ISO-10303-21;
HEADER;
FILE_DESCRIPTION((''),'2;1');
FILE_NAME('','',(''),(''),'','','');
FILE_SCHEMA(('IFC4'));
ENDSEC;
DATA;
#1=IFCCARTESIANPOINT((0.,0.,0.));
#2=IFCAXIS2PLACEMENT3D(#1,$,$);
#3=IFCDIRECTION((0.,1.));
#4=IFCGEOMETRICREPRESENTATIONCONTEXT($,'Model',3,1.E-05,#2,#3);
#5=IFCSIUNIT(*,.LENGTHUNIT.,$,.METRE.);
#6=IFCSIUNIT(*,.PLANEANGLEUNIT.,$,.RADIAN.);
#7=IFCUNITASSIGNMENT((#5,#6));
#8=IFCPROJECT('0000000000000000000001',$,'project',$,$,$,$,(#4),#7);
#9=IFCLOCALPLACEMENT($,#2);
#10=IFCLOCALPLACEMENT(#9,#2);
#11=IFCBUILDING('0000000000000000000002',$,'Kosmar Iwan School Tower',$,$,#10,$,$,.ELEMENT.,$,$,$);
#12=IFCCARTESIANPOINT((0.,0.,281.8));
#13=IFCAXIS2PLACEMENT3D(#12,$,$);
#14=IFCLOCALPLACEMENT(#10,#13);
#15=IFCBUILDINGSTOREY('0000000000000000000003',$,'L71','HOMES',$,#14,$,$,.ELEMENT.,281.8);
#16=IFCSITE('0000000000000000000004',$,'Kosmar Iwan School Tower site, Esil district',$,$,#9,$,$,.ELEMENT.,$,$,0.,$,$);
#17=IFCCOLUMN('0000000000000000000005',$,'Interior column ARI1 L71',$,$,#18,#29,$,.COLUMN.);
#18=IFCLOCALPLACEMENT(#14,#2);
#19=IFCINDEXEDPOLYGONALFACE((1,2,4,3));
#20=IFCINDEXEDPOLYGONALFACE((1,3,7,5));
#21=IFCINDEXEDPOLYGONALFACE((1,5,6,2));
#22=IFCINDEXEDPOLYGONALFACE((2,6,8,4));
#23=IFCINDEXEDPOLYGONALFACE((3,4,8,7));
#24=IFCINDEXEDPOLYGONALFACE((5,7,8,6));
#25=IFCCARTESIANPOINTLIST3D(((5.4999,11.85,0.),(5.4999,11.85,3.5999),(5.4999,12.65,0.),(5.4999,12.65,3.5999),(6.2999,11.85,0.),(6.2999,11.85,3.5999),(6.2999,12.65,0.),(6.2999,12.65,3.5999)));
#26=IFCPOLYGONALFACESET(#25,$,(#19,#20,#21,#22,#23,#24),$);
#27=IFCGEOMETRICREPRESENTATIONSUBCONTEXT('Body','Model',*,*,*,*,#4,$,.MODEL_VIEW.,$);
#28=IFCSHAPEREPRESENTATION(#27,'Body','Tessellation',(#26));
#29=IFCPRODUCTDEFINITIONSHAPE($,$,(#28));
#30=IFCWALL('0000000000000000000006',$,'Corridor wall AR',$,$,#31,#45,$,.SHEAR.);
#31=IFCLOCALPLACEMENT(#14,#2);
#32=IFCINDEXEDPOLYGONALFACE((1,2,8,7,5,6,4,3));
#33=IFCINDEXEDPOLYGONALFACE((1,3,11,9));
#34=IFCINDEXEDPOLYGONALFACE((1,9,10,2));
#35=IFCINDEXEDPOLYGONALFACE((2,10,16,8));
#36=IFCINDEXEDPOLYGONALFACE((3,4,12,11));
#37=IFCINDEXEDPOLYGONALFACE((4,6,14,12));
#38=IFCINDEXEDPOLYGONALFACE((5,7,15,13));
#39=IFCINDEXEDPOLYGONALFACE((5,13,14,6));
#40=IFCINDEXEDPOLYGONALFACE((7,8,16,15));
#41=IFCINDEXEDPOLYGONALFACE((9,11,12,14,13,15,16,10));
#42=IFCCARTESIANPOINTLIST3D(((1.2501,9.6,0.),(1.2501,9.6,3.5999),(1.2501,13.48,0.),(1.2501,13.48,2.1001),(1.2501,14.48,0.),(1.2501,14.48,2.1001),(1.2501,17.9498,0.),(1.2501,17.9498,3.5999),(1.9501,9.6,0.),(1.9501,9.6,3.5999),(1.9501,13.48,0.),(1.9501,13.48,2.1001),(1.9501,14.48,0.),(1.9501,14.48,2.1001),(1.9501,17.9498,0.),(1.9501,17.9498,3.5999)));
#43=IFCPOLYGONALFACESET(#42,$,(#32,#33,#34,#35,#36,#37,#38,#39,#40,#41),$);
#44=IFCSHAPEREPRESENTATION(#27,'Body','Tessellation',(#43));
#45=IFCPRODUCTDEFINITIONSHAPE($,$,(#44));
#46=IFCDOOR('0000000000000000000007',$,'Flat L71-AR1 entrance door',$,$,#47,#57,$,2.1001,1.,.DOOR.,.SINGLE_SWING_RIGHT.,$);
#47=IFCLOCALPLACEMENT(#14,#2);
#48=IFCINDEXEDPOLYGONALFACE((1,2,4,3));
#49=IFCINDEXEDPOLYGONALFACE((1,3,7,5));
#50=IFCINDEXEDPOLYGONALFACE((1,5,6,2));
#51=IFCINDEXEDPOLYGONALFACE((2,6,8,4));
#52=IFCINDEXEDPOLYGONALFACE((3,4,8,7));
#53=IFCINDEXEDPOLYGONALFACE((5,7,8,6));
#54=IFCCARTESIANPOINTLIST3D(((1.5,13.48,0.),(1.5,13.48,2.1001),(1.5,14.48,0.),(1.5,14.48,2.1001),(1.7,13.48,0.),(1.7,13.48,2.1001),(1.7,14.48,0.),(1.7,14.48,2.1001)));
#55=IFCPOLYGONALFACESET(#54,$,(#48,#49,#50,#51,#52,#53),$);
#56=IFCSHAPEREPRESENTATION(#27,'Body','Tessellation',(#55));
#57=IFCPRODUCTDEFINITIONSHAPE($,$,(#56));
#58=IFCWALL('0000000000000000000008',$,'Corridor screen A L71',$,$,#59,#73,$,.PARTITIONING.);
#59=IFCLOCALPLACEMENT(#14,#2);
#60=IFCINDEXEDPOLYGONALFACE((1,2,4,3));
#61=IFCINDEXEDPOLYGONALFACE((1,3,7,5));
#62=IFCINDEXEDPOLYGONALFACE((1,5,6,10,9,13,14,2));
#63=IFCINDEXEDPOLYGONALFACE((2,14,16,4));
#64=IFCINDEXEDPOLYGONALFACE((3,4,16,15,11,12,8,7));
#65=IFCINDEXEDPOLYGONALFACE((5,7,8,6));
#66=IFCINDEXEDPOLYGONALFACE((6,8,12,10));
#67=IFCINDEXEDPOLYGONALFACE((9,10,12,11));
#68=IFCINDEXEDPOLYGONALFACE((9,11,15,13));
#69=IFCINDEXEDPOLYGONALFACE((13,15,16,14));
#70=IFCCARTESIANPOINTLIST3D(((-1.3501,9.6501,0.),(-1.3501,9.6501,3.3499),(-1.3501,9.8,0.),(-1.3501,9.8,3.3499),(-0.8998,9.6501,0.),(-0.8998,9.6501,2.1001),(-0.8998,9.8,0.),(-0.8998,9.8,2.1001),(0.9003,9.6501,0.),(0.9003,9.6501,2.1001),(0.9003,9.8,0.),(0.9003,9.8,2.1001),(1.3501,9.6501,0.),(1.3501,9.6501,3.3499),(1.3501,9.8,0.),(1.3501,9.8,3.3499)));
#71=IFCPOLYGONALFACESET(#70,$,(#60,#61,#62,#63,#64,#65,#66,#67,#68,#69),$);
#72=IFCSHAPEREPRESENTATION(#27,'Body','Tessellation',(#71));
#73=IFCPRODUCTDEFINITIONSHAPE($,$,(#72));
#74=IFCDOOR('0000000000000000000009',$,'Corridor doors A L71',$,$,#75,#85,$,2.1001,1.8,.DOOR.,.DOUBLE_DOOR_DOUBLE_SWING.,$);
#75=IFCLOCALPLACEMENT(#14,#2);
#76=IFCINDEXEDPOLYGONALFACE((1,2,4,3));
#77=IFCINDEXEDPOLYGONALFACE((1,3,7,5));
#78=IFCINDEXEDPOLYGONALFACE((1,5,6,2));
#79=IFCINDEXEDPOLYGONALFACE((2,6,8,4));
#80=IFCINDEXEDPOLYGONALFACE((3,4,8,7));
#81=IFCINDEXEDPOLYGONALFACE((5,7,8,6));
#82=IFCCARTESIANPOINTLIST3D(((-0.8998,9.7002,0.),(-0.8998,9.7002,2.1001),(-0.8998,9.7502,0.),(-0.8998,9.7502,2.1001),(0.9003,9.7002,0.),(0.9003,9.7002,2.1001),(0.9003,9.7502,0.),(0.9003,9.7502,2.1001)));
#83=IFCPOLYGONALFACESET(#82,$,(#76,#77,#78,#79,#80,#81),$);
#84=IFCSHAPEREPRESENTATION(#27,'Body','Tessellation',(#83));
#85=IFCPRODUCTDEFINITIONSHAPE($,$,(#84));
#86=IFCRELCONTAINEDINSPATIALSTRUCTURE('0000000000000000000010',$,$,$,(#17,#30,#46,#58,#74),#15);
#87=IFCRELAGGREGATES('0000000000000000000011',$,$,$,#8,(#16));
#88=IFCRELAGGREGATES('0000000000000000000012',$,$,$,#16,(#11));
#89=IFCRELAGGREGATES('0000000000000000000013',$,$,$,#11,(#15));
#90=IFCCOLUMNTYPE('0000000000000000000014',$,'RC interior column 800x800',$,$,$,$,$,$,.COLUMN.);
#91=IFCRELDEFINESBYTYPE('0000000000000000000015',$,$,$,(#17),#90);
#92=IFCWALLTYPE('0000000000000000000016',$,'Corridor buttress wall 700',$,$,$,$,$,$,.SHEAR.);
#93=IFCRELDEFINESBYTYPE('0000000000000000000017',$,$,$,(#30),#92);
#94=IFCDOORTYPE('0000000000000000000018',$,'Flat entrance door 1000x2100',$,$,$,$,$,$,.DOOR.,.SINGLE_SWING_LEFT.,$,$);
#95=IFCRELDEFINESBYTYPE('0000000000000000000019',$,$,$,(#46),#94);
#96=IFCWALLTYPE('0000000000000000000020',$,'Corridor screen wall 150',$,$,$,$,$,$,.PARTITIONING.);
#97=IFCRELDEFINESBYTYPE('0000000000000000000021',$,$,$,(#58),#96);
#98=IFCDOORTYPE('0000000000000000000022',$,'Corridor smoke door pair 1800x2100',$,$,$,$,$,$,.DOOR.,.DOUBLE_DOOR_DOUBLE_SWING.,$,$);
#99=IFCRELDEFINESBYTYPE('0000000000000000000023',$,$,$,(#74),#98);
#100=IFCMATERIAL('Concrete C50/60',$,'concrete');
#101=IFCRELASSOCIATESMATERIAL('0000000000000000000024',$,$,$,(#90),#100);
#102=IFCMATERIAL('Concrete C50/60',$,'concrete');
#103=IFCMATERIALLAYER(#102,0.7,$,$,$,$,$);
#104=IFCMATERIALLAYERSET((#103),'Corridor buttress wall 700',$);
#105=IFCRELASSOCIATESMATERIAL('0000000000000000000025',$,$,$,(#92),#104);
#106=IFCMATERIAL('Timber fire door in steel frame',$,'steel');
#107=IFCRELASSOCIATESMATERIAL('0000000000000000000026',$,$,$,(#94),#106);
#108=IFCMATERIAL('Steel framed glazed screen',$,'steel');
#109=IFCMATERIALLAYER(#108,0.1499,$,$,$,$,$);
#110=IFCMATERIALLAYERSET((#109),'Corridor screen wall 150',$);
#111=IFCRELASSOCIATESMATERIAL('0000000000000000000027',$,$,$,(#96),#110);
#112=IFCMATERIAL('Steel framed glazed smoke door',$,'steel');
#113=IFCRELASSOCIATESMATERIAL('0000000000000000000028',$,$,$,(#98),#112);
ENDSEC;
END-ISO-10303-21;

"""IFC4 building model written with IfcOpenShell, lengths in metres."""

from ifc_helpers import new_model, si_unit, direction, frame, frame_2d, origin, origin_2d, place, context, subcontext, project, spatial, rectangle, extrude, material, layer, layer_set, material_profile, profile_set, type_object, element, fill, save


model = new_model("IFC4")

# Units and contexts
model_context = context("Model", 3, precision=1e-05, world=origin(), true_north=direction((0.0, 1.0)))
body_context = subcontext(model_context, "Body", "Model", "MODEL_VIEW")
ifc_project = project(units=[si_unit("LENGTHUNIT", "METRE"), si_unit("PLANEANGLEUNIT", "RADIAN")], contexts=[model_context])

# Site, building, storey
site_placement = place(None, origin())
site = spatial("IfcSite", under=ifc_project, at=site_placement, Name="Kosmar Iwan School Tower site, Esil district", CompositionType="ELEMENT", RefElevation=0.0)
building_placement = place(site_placement, origin())
building = spatial("IfcBuilding", under=site, at=building_placement, Name="Kosmar Iwan School Tower", CompositionType="ELEMENT")
storey_placement = place(building_placement, frame((0.0, 0.0, 281.8)))
storey = spatial("IfcBuildingStorey", under=building, at=storey_placement, Name="L71", Description="HOMES", CompositionType="ELEMENT", Elevation=281.8)

# Column
ifc_material_1 = material(Name="Concrete C50/60", Category="concrete")
ifc_material_profile = material_profile(ifc_material_1, rectangle(XDim=0.8, YDim=0.8, at=origin_2d()), Name="RC 800x800")
ifc_profile_set = profile_set([ifc_material_profile], Name="Concrete C50/60")
column_type = type_object("IfcColumnType", Name="RC interior column 800x800", PredefinedType="COLUMN", material=ifc_profile_set)
column_placement = place(storey_placement, frame((5.8999, 12.25, 0.0), z_axis=(0.0, 0.0, 1.0), x_axis=(0.0, 1.0, 0.0)))
element("IfcColumn", 1, at=column_placement, inside=storey, type_object=column_type, Name="Interior column ARI1 L71", PredefinedType="COLUMN", context=body_context, shape_type="SweptSolid", body=[
    extrude(rectangle(XDim=0.8, YDim=0.8, at=origin_2d()), origin(), (0.0, 0.0, 1.0), 3.5999),
])

# Walls, openings, doors
ifc_material_2 = material(Name="Concrete C50/60", Category="concrete")
ifc_layer_1 = layer(ifc_material_2, 0.7)
ifc_layer_set_1 = layer_set([ifc_layer_1], Name="Corridor buttress wall 700")
wall_type_1 = type_object("IfcWallType", Name="Corridor buttress wall 700", PredefinedType="SHEAR", material=ifc_layer_set_1)
wall_1_placement = place(storey_placement, frame((1.6001, 9.6001, 0.0), z_axis=(0.0, 0.0, 1.0), x_axis=(0.0, 1.0, 0.0)))
wall_1 = element("IfcWall", 2, at=wall_1_placement, inside=storey, type_object=wall_type_1, Name="Corridor wall AR", PredefinedType="SHEAR", context=body_context, shape_type="SweptSolid", body=[
    extrude(rectangle(XDim=8.3499, YDim=0.7, at=frame_2d((4.1748, 0.0))), origin(), (0.0, 0.0, 1.0), 3.5999),
])
opening_1_placement = place(wall_1_placement, frame((3.8799, 0.0, 0.0)))
opening_1 = element("IfcOpeningElement", 3, at=opening_1_placement, cuts=wall_1, PredefinedType="OPENING", context=body_context, shape_type="SweptSolid", body=[
    extrude(rectangle(XDim=1.0, YDim=2.1001, at=frame_2d((0.5, 1.05))), frame((0.0, 0.3621, 0.0), z_axis=(0.0, -1.0, 0.0), x_axis=(1.0, 0.0, 0.0)), (0.0, 0.0, 1.0), 0.7239),
])
ifc_material_3 = material(Name="Timber fire door in steel frame", Category="steel")
door_type_1 = type_object("IfcDoorType", Name="Flat entrance door 1000x2100", OperationType="SINGLE_SWING_LEFT", PredefinedType="DOOR", material=ifc_material_3)
door_1_placement = place(opening_1_placement, origin())
door_1 = element("IfcDoor", 4, at=door_1_placement, inside=storey, type_object=door_type_1, Name="Flat L71-AR1 entrance door", OperationType="SINGLE_SWING_RIGHT", OverallHeight=2.1001, OverallWidth=1.0, PredefinedType="DOOR", context=body_context, shape_type="SweptSolid", body=[
    extrude(rectangle(XDim=1.0, YDim=2.1001, at=frame_2d((0.5, 1.05))), frame((0.0, 0.1001, 0.0), z_axis=(0.0, -1.0, 0.0), x_axis=(1.0, 0.0, 0.0)), (0.0, 0.0, 1.0), 0.2),
])
fill(opening_1, door_1)
ifc_material_4 = material(Name="Steel framed glazed screen", Category="steel")
ifc_layer_2 = layer(ifc_material_4, 0.1499)
ifc_layer_set_2 = layer_set([ifc_layer_2], Name="Corridor screen wall 150")
wall_type_2 = type_object("IfcWallType", Name="Corridor screen wall 150", PredefinedType="PARTITIONING", material=ifc_layer_set_2)
wall_2_placement = place(storey_placement, frame((1.3501, 9.7251, 0.0), z_axis=(0.0, 0.0, 1.0), x_axis=(-1.0, 0.0, 0.0)))
wall_2 = element("IfcWall", 5, at=wall_2_placement, inside=storey, type_object=wall_type_2, Name="Corridor screen A L71", PredefinedType="PARTITIONING", context=body_context, shape_type="SweptSolid", body=[
    extrude(rectangle(XDim=2.7002, YDim=0.1499, at=frame_2d((1.3501, 0.0))), origin(), (0.0, 0.0, 1.0), 3.3499),
])
opening_2_placement = place(wall_2_placement, frame((0.45, 0.0, 0.0)))
opening_2 = element("IfcOpeningElement", 6, at=opening_2_placement, cuts=wall_2, PredefinedType="OPENING", context=body_context, shape_type="SweptSolid", body=[
    extrude(rectangle(XDim=1.8, YDim=2.1001, at=frame_2d((0.8999, 1.05))), frame((0.0, 0.0869, 0.0), z_axis=(0.0, -1.0, 0.0), x_axis=(1.0, 0.0, 0.0)), (0.0, 0.0, 1.0), 0.1738),
])
ifc_material_5 = material(Name="Steel framed glazed smoke door", Category="steel")
door_type_2 = type_object("IfcDoorType", Name="Corridor smoke door pair 1800x2100", OperationType="DOUBLE_DOOR_DOUBLE_SWING", PredefinedType="DOOR", material=ifc_material_5)
door_2_placement = place(opening_2_placement, origin())
door_2 = element("IfcDoor", 7, at=door_2_placement, inside=storey, type_object=door_type_2, Name="Corridor doors A L71", OperationType="DOUBLE_DOOR_DOUBLE_SWING", OverallHeight=2.1001, OverallWidth=1.8, PredefinedType="DOOR", context=body_context, shape_type="SweptSolid", body=[
    extrude(rectangle(XDim=1.8, YDim=2.1001, at=frame_2d((0.8999, 1.05))), frame((0.0, 0.0249, 0.0), z_axis=(0.0, -1.0, 0.0), x_axis=(1.0, 0.0, 0.0)), (0.0, 0.0, 1.0), 0.05),
])
fill(opening_2, door_2)

save(model, "model.ifc")
